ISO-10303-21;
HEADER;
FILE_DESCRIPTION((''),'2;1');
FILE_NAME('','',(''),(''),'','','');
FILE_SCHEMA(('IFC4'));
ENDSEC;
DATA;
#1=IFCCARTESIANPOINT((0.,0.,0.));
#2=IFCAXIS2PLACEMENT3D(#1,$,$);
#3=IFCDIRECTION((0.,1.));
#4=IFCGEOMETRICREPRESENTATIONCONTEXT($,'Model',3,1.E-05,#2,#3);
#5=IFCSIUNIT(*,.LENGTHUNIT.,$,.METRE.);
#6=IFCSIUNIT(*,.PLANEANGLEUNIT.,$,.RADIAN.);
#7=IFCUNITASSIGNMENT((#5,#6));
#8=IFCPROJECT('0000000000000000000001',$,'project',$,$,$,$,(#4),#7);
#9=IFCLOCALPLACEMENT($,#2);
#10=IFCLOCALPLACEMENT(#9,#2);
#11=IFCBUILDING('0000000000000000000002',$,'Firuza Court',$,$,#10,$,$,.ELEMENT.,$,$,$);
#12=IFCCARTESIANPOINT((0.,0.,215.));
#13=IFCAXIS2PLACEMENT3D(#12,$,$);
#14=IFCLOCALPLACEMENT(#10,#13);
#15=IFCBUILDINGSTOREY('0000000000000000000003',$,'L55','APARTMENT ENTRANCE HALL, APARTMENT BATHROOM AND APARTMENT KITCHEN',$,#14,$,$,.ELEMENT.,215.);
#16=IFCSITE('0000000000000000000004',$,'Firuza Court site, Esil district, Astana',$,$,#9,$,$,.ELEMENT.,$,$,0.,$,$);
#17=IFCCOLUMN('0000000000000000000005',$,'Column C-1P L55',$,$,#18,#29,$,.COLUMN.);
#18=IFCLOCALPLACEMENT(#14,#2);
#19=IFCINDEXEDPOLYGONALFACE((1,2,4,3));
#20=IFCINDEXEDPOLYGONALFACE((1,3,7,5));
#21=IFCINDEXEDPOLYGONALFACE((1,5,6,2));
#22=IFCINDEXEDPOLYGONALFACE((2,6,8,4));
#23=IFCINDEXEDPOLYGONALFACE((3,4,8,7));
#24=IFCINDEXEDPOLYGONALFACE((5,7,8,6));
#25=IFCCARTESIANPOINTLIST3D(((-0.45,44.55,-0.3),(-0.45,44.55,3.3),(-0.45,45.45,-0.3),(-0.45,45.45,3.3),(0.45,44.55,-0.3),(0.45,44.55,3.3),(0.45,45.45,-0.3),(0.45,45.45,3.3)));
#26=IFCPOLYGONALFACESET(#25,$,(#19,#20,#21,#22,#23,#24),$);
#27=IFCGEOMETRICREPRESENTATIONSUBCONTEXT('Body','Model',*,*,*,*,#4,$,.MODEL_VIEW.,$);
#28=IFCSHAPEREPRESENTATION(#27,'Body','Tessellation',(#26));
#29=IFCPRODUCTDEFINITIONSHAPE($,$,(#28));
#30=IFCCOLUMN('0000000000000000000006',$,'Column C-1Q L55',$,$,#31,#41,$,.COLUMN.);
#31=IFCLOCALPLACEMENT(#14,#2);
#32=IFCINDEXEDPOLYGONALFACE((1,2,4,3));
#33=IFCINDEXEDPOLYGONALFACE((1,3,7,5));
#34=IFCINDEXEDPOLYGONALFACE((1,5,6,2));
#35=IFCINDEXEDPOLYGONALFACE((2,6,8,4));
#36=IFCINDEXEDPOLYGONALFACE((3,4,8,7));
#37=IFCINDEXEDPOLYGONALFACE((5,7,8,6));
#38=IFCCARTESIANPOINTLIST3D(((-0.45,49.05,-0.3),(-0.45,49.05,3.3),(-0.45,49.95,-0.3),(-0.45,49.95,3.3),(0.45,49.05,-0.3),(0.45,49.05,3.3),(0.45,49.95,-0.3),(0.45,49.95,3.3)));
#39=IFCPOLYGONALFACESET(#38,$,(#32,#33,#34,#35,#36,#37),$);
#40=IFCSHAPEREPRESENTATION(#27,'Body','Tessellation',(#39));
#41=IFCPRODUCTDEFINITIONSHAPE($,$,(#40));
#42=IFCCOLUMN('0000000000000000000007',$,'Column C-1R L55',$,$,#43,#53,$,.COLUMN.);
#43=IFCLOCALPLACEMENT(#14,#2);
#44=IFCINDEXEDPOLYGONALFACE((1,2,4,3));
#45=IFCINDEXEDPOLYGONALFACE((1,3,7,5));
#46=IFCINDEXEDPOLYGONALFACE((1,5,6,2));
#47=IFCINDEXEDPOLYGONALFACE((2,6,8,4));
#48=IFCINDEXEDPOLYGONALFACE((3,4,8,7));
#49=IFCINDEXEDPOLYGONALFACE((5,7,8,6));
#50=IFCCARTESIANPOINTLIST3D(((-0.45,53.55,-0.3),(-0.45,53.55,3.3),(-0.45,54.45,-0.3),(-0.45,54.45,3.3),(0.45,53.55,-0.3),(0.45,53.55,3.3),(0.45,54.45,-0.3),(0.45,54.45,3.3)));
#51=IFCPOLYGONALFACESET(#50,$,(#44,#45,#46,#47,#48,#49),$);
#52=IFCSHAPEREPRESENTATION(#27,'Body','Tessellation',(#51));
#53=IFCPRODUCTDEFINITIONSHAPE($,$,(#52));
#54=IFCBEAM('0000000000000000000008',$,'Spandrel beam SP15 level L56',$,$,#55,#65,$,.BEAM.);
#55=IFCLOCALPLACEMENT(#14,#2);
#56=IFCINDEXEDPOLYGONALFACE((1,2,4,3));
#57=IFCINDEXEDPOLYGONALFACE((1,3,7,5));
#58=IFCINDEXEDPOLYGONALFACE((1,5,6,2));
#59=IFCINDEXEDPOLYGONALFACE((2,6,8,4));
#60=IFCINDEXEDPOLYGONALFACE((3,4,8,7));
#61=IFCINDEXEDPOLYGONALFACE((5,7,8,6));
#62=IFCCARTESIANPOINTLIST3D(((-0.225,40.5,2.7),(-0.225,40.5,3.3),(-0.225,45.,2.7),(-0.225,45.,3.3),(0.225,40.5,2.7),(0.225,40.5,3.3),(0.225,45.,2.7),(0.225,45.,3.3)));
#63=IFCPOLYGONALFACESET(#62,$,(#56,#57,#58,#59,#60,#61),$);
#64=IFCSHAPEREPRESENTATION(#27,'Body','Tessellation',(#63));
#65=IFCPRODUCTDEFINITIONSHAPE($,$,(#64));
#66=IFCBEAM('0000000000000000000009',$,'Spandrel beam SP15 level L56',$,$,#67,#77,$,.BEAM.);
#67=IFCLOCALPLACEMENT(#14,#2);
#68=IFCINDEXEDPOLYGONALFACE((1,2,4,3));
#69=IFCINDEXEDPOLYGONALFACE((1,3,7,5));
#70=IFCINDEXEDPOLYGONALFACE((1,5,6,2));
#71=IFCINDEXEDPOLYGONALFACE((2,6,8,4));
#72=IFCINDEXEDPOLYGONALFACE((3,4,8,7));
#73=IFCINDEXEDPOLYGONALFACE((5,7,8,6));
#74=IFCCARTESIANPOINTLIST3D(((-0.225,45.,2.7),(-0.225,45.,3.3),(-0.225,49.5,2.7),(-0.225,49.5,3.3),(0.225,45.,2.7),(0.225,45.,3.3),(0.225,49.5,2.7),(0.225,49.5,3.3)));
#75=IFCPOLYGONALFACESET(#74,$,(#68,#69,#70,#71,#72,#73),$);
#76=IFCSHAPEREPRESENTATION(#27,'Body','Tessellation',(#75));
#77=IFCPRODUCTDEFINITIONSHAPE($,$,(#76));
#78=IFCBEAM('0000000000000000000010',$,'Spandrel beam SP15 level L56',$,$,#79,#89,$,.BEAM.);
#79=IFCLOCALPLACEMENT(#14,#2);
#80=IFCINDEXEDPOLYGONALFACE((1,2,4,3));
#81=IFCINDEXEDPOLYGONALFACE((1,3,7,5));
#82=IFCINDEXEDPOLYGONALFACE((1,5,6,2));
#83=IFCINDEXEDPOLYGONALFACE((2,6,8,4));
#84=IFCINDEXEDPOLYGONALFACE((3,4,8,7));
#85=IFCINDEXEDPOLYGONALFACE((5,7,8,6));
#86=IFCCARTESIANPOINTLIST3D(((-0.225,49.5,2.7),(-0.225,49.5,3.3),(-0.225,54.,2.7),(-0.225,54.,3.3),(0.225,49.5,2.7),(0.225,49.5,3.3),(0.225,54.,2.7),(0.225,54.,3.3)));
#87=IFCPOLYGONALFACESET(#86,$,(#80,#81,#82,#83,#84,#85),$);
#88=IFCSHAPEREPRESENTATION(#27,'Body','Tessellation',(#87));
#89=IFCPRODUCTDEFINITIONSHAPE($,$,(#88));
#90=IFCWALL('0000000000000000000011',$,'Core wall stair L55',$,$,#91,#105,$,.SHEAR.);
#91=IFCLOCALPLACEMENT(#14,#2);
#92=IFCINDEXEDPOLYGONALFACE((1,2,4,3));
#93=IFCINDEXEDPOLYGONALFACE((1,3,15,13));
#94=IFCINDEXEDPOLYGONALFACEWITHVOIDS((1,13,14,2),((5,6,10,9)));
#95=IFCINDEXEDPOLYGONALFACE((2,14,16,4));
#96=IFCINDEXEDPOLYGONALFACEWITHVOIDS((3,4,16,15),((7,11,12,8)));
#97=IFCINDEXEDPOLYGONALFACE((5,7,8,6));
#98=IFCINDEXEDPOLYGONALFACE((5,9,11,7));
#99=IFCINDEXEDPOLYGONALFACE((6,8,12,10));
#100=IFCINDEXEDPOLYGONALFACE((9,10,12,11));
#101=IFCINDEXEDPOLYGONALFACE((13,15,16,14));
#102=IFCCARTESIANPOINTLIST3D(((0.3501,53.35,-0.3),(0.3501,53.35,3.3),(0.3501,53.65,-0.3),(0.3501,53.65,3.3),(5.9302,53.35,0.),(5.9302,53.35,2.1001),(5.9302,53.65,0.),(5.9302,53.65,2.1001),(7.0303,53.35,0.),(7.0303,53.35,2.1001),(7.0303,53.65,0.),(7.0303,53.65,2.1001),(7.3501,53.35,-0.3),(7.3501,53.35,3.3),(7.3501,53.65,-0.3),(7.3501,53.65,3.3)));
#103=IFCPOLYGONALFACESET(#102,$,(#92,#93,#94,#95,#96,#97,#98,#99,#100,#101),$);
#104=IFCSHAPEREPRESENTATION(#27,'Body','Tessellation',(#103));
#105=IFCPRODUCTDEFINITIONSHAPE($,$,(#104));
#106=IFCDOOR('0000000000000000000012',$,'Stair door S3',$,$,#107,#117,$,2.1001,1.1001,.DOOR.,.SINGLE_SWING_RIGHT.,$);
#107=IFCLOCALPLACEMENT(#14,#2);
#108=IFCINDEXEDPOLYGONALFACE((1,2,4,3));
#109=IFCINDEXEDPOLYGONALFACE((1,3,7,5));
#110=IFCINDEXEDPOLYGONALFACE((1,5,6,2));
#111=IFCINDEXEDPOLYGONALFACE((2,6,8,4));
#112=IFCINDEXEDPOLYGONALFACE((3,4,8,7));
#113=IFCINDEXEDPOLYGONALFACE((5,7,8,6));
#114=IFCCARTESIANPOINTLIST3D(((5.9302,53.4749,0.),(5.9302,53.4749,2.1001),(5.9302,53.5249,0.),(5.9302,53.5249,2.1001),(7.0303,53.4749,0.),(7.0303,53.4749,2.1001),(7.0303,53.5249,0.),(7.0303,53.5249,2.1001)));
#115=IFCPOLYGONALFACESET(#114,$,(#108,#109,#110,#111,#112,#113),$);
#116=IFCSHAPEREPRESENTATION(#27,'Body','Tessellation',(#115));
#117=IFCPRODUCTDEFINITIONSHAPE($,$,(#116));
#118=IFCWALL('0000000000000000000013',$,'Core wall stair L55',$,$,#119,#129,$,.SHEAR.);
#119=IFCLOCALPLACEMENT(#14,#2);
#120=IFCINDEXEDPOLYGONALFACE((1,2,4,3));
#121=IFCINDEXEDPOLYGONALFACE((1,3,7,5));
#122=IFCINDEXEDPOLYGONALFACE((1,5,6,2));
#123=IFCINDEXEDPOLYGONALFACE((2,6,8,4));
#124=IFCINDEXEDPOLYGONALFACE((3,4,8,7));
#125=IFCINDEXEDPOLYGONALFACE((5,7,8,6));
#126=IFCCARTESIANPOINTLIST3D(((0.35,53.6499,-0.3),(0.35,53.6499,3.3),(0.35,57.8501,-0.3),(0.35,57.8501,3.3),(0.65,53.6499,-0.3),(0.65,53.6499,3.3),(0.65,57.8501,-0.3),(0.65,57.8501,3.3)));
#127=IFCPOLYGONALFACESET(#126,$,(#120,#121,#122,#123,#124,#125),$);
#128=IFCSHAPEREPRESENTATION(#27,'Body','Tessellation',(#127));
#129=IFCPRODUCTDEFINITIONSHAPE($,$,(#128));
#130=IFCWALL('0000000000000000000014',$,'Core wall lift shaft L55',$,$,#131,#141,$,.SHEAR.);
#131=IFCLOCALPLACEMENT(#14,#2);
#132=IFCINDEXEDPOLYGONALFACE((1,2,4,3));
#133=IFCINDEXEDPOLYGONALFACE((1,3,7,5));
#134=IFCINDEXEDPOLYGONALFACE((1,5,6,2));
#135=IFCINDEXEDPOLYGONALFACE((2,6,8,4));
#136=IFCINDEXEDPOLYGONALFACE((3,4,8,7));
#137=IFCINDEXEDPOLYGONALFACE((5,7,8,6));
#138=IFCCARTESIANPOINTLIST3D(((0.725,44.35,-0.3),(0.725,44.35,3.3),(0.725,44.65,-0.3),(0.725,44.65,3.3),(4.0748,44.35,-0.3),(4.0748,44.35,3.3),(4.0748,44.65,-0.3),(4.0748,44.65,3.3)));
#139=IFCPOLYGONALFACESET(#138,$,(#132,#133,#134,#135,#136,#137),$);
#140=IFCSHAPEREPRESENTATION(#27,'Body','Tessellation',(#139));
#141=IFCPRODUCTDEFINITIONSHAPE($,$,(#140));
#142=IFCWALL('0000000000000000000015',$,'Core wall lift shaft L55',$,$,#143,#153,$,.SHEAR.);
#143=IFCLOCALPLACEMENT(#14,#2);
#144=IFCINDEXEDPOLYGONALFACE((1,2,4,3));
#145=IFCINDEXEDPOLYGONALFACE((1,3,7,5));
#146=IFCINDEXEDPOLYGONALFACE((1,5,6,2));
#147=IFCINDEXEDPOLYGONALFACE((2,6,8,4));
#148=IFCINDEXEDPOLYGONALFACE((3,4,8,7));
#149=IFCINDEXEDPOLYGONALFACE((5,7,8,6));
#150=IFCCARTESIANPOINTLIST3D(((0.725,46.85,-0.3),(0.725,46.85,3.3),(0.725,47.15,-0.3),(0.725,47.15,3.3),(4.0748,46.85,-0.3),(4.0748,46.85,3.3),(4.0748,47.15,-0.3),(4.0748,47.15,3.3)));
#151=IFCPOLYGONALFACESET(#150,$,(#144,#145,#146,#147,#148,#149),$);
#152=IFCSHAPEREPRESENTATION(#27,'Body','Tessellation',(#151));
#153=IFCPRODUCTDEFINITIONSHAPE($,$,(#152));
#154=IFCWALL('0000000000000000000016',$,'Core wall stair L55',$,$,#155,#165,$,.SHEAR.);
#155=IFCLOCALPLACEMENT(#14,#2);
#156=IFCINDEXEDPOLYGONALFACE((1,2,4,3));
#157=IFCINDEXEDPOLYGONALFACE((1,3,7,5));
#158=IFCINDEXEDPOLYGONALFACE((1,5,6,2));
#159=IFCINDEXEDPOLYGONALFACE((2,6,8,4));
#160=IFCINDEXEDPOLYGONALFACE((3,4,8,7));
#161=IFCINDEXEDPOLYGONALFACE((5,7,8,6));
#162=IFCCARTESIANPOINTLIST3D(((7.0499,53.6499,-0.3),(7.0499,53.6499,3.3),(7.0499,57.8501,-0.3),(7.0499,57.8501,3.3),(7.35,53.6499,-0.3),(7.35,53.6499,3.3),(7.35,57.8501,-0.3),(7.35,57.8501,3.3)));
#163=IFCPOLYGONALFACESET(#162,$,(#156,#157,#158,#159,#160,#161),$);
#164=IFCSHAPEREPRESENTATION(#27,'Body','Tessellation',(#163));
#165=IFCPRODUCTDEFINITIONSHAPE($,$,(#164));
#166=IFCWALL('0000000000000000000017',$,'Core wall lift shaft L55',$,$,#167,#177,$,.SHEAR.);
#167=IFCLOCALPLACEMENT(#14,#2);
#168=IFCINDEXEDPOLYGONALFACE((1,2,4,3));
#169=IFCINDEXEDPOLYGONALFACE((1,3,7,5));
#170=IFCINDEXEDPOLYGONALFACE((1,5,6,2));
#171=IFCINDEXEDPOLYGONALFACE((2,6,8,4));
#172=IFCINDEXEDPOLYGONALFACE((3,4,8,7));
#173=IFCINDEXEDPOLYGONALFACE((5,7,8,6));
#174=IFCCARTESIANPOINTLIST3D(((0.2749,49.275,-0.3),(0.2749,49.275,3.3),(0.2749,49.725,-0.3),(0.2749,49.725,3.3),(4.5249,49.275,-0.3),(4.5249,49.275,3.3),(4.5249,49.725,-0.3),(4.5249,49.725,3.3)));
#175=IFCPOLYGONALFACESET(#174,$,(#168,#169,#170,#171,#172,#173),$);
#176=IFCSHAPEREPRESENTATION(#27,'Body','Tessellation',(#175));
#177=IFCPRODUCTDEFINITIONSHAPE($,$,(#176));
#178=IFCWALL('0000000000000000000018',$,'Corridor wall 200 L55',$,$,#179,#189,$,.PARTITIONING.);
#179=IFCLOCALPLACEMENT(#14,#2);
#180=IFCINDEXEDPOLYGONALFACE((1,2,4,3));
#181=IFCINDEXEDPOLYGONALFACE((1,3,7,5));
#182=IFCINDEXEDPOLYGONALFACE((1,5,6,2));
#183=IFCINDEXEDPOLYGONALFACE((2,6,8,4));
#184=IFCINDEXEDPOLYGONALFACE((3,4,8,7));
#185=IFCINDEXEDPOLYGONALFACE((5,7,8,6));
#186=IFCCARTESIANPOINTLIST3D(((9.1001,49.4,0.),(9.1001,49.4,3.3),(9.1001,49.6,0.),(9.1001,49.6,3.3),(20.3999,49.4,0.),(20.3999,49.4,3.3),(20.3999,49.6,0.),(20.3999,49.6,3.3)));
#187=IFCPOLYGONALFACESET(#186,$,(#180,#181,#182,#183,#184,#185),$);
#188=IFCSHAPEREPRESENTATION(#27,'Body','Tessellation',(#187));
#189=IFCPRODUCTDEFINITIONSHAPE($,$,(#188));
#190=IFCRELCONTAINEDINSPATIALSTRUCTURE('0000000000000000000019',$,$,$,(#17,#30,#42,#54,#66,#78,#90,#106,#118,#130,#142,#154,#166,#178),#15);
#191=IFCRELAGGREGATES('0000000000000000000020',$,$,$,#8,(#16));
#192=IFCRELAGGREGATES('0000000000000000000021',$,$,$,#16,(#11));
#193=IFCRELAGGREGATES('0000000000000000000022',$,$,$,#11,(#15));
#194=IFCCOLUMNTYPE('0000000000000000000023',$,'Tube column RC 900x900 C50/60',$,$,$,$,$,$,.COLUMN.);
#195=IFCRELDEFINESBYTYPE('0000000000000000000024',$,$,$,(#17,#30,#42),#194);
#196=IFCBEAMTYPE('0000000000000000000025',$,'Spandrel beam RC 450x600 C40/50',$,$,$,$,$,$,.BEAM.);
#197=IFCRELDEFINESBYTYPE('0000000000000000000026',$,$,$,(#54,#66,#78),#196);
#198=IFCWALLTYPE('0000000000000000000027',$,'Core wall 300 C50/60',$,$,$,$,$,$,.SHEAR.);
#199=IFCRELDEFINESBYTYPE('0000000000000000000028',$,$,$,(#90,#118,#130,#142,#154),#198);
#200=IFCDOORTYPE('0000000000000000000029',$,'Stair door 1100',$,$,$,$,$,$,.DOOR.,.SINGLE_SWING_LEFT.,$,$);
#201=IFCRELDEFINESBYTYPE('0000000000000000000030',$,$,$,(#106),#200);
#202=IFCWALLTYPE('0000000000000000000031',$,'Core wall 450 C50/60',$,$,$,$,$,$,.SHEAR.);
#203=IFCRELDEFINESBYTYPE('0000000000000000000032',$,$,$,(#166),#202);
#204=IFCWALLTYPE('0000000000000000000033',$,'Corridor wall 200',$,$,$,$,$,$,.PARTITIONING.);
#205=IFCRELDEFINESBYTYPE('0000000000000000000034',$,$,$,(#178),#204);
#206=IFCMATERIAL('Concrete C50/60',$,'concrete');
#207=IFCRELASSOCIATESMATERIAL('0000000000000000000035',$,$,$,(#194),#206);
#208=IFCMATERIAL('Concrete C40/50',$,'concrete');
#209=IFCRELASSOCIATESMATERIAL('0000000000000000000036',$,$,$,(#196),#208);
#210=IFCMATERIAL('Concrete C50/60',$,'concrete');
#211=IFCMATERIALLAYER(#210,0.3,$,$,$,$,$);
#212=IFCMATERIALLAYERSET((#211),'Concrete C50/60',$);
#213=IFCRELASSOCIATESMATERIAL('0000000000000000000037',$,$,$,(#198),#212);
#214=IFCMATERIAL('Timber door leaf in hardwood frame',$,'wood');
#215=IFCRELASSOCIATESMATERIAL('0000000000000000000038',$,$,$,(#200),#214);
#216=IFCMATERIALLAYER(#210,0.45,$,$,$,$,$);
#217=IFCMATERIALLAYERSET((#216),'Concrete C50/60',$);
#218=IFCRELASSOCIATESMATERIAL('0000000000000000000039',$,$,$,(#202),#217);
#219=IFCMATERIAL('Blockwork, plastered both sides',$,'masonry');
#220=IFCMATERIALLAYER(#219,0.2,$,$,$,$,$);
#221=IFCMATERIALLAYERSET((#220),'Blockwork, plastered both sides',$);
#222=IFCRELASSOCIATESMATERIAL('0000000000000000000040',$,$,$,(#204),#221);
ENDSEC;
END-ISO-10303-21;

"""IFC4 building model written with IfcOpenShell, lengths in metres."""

from ifc_helpers import new_model, si_unit, direction, frame, frame_2d, origin, origin_2d, place, context, subcontext, project, spatial, rectangle, extrude, material, layer, layer_set, material_profile, profile_set, type_object, element, fill, save


model = new_model("IFC4")

# Units and contexts
model_context = context("Model", 3, precision=1e-05, world=origin(), true_north=direction((0.0, 1.0)))
body_context = subcontext(model_context, "Body", "Model", "MODEL_VIEW")
ifc_project = project(units=[si_unit("LENGTHUNIT", "METRE"), si_unit("PLANEANGLEUNIT", "RADIAN")], contexts=[model_context])

# Site, building, storey
site_placement = place(None, origin())
site = spatial("IfcSite", under=ifc_project, at=site_placement, Name="Firuza Court site, Esil district, Astana", CompositionType="ELEMENT", RefElevation=0.0)
building_placement = place(site_placement, origin())
building = spatial("IfcBuilding", under=site, at=building_placement, Name="Firuza Court", CompositionType="ELEMENT")
storey_placement = place(building_placement, frame((0.0, 0.0, 215.0)))
storey = spatial("IfcBuildingStorey", under=building, at=storey_placement, Name="L55", Description="APARTMENT ENTRANCE HALL, APARTMENT BATHROOM AND APARTMENT KITCHEN", CompositionType="ELEMENT", Elevation=215.0)

# Columns
ifc_material_1 = material(Name="Concrete C50/60", Category="concrete")
ifc_material_profile_1 = material_profile(ifc_material_1, rectangle(XDim=0.8999, YDim=0.8999, at=origin_2d()), Name="RC 900x900")
ifc_profile_set_1 = profile_set([ifc_material_profile_1], Name="Concrete C50/60")
column_type = type_object("IfcColumnType", Name="Tube column RC 900x900 C50/60", PredefinedType="COLUMN", material=ifc_profile_set_1)
for number, where, z_axis, x_axis, name in (
    (1, (0.0, 45.0, -0.3), (0.0, 0.0, 1.0), (1.0, 0.0, 0.0), "Column C-1P L55"),
    (2, (0.0, 49.5, -0.3), (0.0, 0.0, 1.0), (1.0, 0.0, 0.0), "Column C-1Q L55"),
    (3, (0.0, 54.0, -0.3), (0.0, 0.0, 1.0), (1.0, 0.0, 0.0), "Column C-1R L55"),
):
    element("IfcColumn", number, at=place(storey_placement, frame(where, z_axis=z_axis, x_axis=x_axis)), inside=storey, type_object=column_type, Name=name, PredefinedType="COLUMN", context=body_context, shape_type="SweptSolid", body=[
        extrude(rectangle(XDim=0.8999, YDim=0.8999, at=origin_2d()), origin(), (0.0, 0.0, 1.0), 3.6001),
    ])

# Beams
ifc_material_2 = material(Name="Concrete C40/50", Category="concrete")
ifc_material_profile_2 = material_profile(ifc_material_2, rectangle(XDim=0.45, YDim=0.6001, at=origin_2d()), Name="RC 450x600")
ifc_profile_set_2 = profile_set([ifc_material_profile_2], Name="Concrete C40/50")
beam_type = type_object("IfcBeamType", Name="Spandrel beam RC 450x600 C40/50", PredefinedType="BEAM", material=ifc_profile_set_2)
for number, where, z_axis, x_axis, name in (
    (4, (0.0, 45.0, 3.0), (0.0, -1.0, 0.0), (1.0, 0.0, 0.0), "Spandrel beam SP15 level L56"),
    (5, (0.0, 49.5, 3.0), (0.0, -1.0, 0.0), (1.0, 0.0, 0.0), "Spandrel beam SP15 level L56"),
    (6, (0.0, 54.0, 3.0), (0.0, -1.0, 0.0), (1.0, 0.0, 0.0), "Spandrel beam SP15 level L56"),
):
    element("IfcBeam", number, at=place(storey_placement, frame(where, z_axis=z_axis, x_axis=x_axis)), inside=storey, type_object=beam_type, Name=name, PredefinedType="BEAM", context=body_context, shape_type="SweptSolid", body=[
        extrude(rectangle(XDim=0.45, YDim=0.6001, at=origin_2d()), origin(), (0.0, 0.0, 1.0), 4.5),
    ])

# Wall, opening, door
ifc_material_3 = material(Name="Concrete C50/60", Category="concrete")
ifc_layer_1 = layer(ifc_material_3, 0.3)
ifc_layer_set_1 = layer_set([ifc_layer_1], Name="Concrete C50/60")
wall_type_1 = type_object("IfcWallType", Name="Core wall 300 C50/60", PredefinedType="SHEAR", material=ifc_layer_set_1)
wall_1_placement = place(storey_placement, frame((0.3501, 53.5, -0.3), z_axis=(0.0, 0.0, 1.0), x_axis=(1.0, 0.0, 0.0)))
wall_1 = element("IfcWall", 7, at=wall_1_placement, inside=storey, type_object=wall_type_1, Name="Core wall stair L55", PredefinedType="SHEAR", context=body_context, shape_type="SweptSolid", body=[
    extrude(rectangle(XDim=7.0, YDim=0.3, at=frame_2d((3.5, 0.0))), origin(), (0.0, 0.0, 1.0), 3.6001),
])
opening_1_placement = place(wall_1_placement, frame((5.5801, 0.0, 0.3)))
opening_1 = element("IfcOpeningElement", 8, at=opening_1_placement, cuts=wall_1, PredefinedType="OPENING", context=body_context, shape_type="SweptSolid", body=[
    extrude(rectangle(XDim=1.1001, YDim=2.1001, at=frame_2d((0.55, 1.05))), frame((0.0, 0.1621, 0.0), z_axis=(0.0, -1.0, 0.0), x_axis=(1.0, 0.0, 0.0)), (0.0, 0.0, 1.0), 0.324),
])
ifc_material_4 = material(Name="Timber door leaf in hardwood frame", Category="wood")
door_type_1 = type_object("IfcDoorType", Name="Stair door 1100", OperationType="SINGLE_SWING_LEFT", PredefinedType="DOOR", material=ifc_material_4)
door_1_placement = place(opening_1_placement, origin())
door_1 = element("IfcDoor", 9, at=door_1_placement, inside=storey, type_object=door_type_1, Name="Stair door S3", OperationType="SINGLE_SWING_RIGHT", OverallHeight=2.1001, OverallWidth=1.1001, PredefinedType="DOOR", context=body_context, shape_type="SweptSolid", body=[
    extrude(rectangle(XDim=1.1001, YDim=2.1001, at=frame_2d((0.55, 1.05))), frame((0.0, 0.0249, 0.0), z_axis=(0.0, -1.0, 0.0), x_axis=(1.0, 0.0, 0.0)), (0.0, 0.0, 1.0), 0.05),
])
fill(opening_1, door_1)

# Walls
wall_2_placement = place(storey_placement, frame((0.5, 53.6499, -0.3), z_axis=(0.0, 0.0, 1.0), x_axis=(0.0, 1.0, 0.0)))
element("IfcWall", 10, at=wall_2_placement, inside=storey, type_object=wall_type_1, Name="Core wall stair L55", PredefinedType="SHEAR", context=body_context, shape_type="SweptSolid", body=[
    extrude(rectangle(XDim=4.2002, YDim=0.3, at=frame_2d((2.1001, 0.0))), origin(), (0.0, 0.0, 1.0), 3.6001),
])
for number, where, z_axis, x_axis, name in (
    (11, (0.7251, 44.5, -0.3), (0.0, 0.0, 1.0), (1.0, 0.0, 0.0), "Core wall lift shaft L55"),
    (12, (0.7251, 47.0, -0.3), (0.0, 0.0, 1.0), (1.0, 0.0, 0.0), "Core wall lift shaft L55"),
):
    element("IfcWall", number, at=place(storey_placement, frame(where, z_axis=z_axis, x_axis=x_axis)), inside=storey, type_object=wall_type_1, Name=name, PredefinedType="SHEAR", context=body_context, shape_type="SweptSolid", body=[
        extrude(rectangle(XDim=3.3499, YDim=0.3, at=frame_2d((1.6748, 0.0))), origin(), (0.0, 0.0, 1.0), 3.6001),
    ])
wall_3_placement = place(storey_placement, frame((7.2, 53.6499, -0.3), z_axis=(0.0, 0.0, 1.0), x_axis=(0.0, 1.0, 0.0)))
element("IfcWall", 13, at=wall_3_placement, inside=storey, type_object=wall_type_1, Name="Core wall stair L55", PredefinedType="SHEAR", context=body_context, shape_type="SweptSolid", body=[
    extrude(rectangle(XDim=4.2002, YDim=0.3, at=frame_2d((2.1001, 0.0))), origin(), (0.0, 0.0, 1.0), 3.6001),
])
ifc_layer_2 = layer(ifc_material_3, 0.45)
ifc_layer_set_2 = layer_set([ifc_layer_2], Name="Concrete C50/60")
wall_type_2 = type_object("IfcWallType", Name="Core wall 450 C50/60", PredefinedType="SHEAR", material=ifc_layer_set_2)
wall_4_placement = place(storey_placement, frame((0.2749, 49.5, -0.3), z_axis=(0.0, 0.0, 1.0), x_axis=(1.0, 0.0, 0.0)))
element("IfcWall", 14, at=wall_4_placement, inside=storey, type_object=wall_type_2, Name="Core wall lift shaft L55", PredefinedType="SHEAR", context=body_context, shape_type="SweptSolid", body=[
    extrude(rectangle(XDim=4.25, YDim=0.45, at=frame_2d((2.125, 0.0))), origin(), (0.0, 0.0, 1.0), 3.6001),
])
ifc_material_5 = material(Name="Blockwork, plastered both sides", Category="masonry")
ifc_layer_3 = layer(ifc_material_5, 0.2)
ifc_layer_set_3 = layer_set([ifc_layer_3], Name="Blockwork, plastered both sides")
wall_type_3 = type_object("IfcWallType", Name="Corridor wall 200", PredefinedType="PARTITIONING", material=ifc_layer_set_3)
wall_5_placement = place(storey_placement, frame((9.1001, 49.5, 0.0), z_axis=(0.0, 0.0, 1.0), x_axis=(1.0, 0.0, 0.0)))
element("IfcWall", 15, at=wall_5_placement, inside=storey, type_object=wall_type_3, Name="Corridor wall 200 L55", PredefinedType="PARTITIONING", context=body_context, shape_type="SweptSolid", body=[
    extrude(rectangle(XDim=11.2998, YDim=0.2, at=frame_2d((5.6499, 0.0))), origin(), (0.0, 0.0, 1.0), 3.3),
])

save(model, "model.ifc")
